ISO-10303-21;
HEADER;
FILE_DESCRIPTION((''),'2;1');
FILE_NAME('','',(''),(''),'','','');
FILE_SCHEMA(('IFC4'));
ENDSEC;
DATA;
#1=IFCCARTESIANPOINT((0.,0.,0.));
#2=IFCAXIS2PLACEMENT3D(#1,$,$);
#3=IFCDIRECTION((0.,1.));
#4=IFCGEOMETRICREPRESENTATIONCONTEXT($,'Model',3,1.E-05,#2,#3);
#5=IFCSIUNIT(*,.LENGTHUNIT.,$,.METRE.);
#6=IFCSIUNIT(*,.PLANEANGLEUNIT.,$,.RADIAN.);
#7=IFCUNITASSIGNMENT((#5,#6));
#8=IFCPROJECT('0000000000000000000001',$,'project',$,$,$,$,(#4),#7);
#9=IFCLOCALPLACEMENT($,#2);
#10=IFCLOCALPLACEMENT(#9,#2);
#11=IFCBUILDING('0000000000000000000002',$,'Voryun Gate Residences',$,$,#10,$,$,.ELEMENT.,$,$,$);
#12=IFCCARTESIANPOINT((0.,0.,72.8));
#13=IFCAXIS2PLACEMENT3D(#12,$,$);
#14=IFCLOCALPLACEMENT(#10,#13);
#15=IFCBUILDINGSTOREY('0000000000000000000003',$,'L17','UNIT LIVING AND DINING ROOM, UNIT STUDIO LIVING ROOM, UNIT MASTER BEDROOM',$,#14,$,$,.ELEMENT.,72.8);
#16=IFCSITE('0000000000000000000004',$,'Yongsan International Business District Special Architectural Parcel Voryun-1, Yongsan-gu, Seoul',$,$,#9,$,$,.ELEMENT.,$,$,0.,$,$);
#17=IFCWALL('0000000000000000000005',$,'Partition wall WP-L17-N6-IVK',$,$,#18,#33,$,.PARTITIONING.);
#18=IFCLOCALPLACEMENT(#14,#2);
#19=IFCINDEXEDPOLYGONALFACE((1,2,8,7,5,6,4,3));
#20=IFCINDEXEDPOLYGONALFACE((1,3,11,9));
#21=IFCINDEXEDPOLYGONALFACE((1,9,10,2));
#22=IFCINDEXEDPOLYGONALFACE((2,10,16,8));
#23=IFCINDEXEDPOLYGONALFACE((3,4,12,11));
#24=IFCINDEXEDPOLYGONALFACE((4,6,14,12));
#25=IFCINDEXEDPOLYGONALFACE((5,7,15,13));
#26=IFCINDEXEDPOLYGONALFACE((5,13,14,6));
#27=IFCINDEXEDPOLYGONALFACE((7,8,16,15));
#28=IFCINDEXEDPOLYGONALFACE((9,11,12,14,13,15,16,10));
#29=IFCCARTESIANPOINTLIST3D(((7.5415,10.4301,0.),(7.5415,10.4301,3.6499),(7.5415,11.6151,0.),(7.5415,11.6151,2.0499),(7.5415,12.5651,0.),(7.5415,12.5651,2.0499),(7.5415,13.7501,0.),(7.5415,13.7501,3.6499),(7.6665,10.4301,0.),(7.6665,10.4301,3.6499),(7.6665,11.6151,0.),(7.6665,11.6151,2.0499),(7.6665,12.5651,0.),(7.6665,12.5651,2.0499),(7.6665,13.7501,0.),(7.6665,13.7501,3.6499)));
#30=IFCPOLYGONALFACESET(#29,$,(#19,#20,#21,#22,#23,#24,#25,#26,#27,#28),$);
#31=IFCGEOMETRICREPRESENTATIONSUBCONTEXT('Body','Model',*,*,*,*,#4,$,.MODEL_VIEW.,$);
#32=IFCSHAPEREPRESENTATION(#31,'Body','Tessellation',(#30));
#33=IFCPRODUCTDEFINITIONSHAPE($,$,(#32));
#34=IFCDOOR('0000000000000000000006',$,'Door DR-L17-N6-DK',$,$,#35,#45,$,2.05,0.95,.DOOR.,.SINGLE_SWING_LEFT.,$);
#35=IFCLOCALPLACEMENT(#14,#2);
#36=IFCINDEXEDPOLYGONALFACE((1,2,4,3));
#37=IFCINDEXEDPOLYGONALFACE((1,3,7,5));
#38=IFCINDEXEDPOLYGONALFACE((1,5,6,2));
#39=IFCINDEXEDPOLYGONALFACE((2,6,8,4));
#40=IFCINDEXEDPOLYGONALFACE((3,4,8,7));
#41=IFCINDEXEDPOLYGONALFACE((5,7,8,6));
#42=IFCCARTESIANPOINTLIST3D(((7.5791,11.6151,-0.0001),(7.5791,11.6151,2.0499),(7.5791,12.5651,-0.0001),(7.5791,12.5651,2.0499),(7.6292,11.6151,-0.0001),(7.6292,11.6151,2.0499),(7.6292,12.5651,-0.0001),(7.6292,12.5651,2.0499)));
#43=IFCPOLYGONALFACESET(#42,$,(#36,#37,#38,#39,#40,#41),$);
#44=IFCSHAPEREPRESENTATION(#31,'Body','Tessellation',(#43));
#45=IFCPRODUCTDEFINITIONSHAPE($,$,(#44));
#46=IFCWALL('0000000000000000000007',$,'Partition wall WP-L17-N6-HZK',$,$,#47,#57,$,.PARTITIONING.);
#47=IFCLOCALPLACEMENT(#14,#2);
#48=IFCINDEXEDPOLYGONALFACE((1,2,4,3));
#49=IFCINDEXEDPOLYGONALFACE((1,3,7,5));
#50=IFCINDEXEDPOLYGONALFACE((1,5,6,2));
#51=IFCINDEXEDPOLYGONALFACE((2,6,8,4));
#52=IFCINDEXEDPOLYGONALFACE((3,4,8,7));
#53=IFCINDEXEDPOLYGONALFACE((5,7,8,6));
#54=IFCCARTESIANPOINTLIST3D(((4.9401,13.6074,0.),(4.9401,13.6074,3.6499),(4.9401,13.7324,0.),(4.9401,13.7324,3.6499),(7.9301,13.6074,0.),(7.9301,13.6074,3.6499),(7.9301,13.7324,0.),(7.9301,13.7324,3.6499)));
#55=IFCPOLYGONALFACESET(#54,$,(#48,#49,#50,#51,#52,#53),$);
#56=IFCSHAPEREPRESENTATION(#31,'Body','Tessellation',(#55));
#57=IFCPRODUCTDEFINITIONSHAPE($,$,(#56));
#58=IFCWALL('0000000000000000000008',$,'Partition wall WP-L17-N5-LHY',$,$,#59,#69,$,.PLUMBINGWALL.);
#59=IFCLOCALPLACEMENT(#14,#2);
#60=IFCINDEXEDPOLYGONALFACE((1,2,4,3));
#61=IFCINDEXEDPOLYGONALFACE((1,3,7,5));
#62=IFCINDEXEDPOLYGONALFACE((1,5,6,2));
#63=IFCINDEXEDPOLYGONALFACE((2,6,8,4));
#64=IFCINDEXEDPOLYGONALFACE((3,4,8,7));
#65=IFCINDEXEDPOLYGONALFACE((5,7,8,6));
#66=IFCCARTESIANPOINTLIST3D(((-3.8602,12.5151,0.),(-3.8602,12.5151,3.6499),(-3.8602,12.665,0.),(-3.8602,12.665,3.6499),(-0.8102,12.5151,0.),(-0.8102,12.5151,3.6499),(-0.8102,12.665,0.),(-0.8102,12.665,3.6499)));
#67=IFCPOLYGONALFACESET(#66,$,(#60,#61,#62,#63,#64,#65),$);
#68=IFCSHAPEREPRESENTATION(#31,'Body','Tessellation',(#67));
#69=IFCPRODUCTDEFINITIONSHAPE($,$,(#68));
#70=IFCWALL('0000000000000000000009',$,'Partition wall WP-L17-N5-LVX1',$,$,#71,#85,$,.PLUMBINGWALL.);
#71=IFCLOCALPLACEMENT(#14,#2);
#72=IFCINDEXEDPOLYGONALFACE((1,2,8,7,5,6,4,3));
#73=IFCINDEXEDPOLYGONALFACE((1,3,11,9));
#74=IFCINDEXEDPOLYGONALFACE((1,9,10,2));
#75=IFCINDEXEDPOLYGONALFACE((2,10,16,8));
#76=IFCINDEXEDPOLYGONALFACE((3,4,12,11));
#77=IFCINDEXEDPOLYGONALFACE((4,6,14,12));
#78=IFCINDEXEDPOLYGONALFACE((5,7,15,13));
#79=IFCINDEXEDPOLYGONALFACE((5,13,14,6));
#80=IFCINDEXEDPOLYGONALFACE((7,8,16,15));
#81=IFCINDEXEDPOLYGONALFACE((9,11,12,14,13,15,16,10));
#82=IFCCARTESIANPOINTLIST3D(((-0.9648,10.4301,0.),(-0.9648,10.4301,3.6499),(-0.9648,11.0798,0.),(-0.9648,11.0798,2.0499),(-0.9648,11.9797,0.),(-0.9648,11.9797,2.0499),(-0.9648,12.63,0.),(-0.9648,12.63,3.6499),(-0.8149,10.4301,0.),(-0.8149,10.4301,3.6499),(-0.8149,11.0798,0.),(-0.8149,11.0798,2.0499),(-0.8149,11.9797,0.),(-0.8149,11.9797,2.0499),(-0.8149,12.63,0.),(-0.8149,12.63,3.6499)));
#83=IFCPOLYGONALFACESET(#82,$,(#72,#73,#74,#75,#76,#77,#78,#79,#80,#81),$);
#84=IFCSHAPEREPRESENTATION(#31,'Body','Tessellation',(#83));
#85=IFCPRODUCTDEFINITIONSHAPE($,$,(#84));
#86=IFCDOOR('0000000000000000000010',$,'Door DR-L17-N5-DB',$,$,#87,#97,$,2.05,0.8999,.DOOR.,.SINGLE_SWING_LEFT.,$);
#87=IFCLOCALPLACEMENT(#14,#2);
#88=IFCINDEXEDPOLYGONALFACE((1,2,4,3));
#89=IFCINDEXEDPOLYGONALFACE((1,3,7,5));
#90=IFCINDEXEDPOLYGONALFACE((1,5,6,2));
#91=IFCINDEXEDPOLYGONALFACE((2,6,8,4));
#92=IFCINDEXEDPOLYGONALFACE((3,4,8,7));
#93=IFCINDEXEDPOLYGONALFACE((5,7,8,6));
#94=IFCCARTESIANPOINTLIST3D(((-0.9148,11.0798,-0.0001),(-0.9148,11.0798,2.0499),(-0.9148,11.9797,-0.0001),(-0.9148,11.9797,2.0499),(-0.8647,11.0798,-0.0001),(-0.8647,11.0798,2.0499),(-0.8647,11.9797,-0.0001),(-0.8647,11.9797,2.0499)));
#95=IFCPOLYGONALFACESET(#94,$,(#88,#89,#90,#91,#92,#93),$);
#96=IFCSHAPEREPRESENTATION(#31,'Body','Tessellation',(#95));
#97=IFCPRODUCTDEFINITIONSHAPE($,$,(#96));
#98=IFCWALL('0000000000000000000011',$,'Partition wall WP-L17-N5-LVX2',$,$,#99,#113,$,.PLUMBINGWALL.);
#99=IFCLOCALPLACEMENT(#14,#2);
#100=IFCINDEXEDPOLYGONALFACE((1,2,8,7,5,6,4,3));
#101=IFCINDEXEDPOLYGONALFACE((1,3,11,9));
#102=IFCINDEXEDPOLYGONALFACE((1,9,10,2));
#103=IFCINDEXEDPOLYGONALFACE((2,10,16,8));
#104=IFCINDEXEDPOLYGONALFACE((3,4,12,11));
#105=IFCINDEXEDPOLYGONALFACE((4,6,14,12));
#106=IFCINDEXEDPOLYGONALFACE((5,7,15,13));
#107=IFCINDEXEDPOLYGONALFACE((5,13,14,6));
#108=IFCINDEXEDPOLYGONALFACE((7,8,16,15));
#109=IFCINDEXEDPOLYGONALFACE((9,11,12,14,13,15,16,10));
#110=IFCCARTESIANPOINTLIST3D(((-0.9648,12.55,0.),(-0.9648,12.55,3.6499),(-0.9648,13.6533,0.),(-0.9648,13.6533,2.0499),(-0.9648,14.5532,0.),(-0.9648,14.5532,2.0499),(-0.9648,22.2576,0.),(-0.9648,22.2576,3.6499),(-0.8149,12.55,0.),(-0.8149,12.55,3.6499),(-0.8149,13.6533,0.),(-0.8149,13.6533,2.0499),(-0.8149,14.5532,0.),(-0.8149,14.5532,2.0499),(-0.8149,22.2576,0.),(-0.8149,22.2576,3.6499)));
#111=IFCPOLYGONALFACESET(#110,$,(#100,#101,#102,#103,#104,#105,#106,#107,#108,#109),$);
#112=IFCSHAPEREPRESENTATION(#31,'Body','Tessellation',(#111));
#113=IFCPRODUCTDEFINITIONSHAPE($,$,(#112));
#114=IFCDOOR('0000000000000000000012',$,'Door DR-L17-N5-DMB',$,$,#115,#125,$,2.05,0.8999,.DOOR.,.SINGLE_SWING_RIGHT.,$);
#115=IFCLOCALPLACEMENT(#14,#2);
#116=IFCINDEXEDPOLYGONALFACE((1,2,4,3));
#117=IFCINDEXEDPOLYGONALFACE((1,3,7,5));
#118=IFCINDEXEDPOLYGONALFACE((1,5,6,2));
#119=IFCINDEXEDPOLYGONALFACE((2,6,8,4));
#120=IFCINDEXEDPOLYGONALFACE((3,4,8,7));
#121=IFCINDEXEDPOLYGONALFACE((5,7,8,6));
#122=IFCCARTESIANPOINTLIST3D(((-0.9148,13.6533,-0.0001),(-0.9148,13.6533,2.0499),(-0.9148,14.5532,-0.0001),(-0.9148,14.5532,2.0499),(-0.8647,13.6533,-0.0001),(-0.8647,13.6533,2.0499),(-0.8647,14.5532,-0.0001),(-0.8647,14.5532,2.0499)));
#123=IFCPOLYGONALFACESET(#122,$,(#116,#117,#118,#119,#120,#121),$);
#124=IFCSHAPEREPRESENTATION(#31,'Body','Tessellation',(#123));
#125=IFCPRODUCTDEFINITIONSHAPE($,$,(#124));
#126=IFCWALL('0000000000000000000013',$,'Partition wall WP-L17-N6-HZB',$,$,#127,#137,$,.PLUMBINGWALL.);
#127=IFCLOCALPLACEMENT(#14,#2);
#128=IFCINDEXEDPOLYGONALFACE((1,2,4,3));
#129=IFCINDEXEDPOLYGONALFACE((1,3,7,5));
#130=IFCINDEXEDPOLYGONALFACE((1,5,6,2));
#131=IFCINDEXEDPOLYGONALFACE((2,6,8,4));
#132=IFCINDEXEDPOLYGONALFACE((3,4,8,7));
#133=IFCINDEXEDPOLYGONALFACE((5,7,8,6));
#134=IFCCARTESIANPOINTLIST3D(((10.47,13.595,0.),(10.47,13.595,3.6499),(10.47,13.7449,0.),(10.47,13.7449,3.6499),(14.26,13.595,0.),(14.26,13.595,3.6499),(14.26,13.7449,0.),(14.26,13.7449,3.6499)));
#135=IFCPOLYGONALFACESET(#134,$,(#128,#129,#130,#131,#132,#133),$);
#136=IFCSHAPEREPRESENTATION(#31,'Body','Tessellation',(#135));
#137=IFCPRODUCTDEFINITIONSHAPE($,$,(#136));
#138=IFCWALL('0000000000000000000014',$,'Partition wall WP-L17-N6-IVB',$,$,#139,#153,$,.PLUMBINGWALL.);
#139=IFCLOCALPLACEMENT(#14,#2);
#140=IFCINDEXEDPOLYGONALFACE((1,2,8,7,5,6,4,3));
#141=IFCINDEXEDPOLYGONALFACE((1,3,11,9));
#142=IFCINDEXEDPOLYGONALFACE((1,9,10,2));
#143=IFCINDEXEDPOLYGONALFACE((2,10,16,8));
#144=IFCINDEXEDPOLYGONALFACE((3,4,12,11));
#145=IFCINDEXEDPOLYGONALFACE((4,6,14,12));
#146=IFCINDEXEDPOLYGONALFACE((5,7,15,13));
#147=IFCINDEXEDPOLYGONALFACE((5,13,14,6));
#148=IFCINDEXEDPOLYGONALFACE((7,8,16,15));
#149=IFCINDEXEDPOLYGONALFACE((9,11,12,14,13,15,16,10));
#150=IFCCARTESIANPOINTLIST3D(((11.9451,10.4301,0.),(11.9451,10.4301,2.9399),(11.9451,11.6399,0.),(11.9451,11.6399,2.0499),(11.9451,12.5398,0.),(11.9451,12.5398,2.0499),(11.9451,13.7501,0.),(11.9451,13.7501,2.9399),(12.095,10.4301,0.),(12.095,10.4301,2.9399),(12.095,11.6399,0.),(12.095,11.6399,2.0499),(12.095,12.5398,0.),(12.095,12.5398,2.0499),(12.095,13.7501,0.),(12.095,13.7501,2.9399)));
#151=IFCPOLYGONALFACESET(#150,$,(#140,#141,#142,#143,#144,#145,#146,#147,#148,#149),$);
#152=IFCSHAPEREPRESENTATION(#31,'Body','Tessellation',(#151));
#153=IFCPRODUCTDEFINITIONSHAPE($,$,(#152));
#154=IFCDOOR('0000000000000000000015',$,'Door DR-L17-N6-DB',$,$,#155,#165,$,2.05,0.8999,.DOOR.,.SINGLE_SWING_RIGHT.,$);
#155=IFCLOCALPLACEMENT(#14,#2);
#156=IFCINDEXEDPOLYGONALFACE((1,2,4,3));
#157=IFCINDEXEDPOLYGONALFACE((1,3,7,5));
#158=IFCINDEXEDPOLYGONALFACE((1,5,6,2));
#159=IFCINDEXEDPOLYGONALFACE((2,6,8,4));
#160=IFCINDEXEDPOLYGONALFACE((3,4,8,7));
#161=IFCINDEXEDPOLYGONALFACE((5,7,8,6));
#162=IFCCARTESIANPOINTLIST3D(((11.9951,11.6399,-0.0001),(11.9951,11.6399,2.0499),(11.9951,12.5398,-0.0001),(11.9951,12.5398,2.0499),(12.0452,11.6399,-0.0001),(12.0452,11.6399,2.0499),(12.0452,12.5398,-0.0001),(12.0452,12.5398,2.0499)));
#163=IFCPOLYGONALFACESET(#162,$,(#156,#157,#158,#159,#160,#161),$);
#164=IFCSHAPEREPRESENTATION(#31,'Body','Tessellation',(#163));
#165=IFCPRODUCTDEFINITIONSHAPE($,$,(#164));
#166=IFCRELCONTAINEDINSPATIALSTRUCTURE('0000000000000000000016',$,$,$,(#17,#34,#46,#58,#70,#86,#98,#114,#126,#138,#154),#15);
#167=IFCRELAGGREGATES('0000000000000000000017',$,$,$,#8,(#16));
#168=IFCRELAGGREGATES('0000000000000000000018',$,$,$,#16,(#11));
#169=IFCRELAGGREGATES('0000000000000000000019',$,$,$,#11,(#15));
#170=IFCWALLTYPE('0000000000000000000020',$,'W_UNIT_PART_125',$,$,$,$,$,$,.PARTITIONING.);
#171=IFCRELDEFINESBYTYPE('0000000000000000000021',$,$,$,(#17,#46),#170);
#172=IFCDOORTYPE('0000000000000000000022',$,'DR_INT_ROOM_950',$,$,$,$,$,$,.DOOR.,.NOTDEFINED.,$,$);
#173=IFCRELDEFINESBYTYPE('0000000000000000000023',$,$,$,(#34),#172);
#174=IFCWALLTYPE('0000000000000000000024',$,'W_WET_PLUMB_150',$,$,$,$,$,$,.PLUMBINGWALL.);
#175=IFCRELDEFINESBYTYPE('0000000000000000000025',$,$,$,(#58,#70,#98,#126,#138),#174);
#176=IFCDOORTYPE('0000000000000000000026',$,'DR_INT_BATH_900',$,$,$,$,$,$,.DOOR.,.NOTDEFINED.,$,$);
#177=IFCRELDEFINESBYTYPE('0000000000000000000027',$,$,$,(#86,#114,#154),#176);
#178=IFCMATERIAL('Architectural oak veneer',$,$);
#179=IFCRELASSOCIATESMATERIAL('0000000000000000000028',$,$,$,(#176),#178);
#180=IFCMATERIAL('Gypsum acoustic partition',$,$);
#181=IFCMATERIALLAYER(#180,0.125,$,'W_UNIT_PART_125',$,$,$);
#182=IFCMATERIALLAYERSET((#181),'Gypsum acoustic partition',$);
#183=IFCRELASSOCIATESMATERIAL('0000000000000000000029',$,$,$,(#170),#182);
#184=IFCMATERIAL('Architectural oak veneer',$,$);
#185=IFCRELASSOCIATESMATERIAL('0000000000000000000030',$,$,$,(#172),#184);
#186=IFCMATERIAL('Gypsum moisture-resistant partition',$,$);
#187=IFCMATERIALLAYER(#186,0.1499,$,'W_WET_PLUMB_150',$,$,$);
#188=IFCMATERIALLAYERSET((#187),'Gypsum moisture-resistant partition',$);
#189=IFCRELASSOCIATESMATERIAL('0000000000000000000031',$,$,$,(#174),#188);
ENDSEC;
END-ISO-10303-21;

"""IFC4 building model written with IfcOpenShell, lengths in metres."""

from ifc_helpers import new_model, si_unit, direction, frame, frame_2d, origin, place, context, subcontext, project, spatial, rectangle, extrude, material, layer, layer_set, type_object, element, fill, save


model = new_model("IFC4")

# Units and contexts
model_context = context("Model", 3, precision=1e-05, world=origin(), true_north=direction((0.0, 1.0)))
body_context = subcontext(model_context, "Body", "Model", "MODEL_VIEW")
ifc_project = project(units=[si_unit("LENGTHUNIT", "METRE"), si_unit("PLANEANGLEUNIT", "RADIAN")], contexts=[model_context])

# Site, building, storey
site_placement = place(None, origin())
site = spatial("IfcSite", under=ifc_project, at=site_placement, Name="Yongsan International Business District Special Architectural Parcel Voryun-1, Yongsan-gu, Seoul", CompositionType="ELEMENT", RefElevation=0.0)
building_placement = place(site_placement, origin())
building = spatial("IfcBuilding", under=site, at=building_placement, Name="Voryun Gate Residences", CompositionType="ELEMENT")
storey_placement = place(building_placement, frame((0.0, 0.0, 72.8)))
storey = spatial("IfcBuildingStorey", under=building, at=storey_placement, Name="L17", Description="UNIT LIVING AND DINING ROOM, UNIT STUDIO LIVING ROOM, UNIT MASTER BEDROOM", CompositionType="ELEMENT", Elevation=72.8)

# Shared definitions
ifc_material_1 = material(Name="Architectural oak veneer")
door_type_1 = type_object("IfcDoorType", Name="DR_INT_BATH_900", OperationType="NOTDEFINED", PredefinedType="DOOR", material=ifc_material_1)

# Shared definitions
ifc_material_2 = material(Name="Gypsum acoustic partition")
ifc_layer_1 = layer(ifc_material_2, 0.125, Name="W_UNIT_PART_125")
ifc_layer_set_1 = layer_set([ifc_layer_1], Name="Gypsum acoustic partition")
wall_type_1 = type_object("IfcWallType", Name="W_UNIT_PART_125", PredefinedType="PARTITIONING", material=ifc_layer_set_1)
ifc_material_3 = material(Name="Architectural oak veneer")
door_type_2 = type_object("IfcDoorType", Name="DR_INT_ROOM_950", OperationType="NOTDEFINED", PredefinedType="DOOR", material=ifc_material_3)

# Wall, opening, door
wall_1_placement = place(storey_placement, frame((7.604, 10.4299, 0.0), z_axis=(0.0, 0.0, 1.0), x_axis=(0.0, 1.0, 0.0)))
wall_1 = element("IfcWall", 1, at=wall_1_placement, inside=storey, type_object=wall_type_1, Name="Partition wall WP-L17-N6-IVK", PredefinedType="PARTITIONING", context=body_context, shape_type="SweptSolid", body=[
    extrude(rectangle(XDim=3.3201, YDim=0.125, at=frame_2d((1.6602, 0.0))), origin(), (0.0, 0.0, 1.0), 3.6499),
])
opening_1_placement = place(wall_1_placement, frame((1.1851, 0.0, 0.0)))
opening_1 = element("IfcOpeningElement", 2, at=opening_1_placement, cuts=wall_1, PredefinedType="OPENING", context=body_context, shape_type="SweptSolid", body=[
    extrude(rectangle(XDim=0.95, YDim=2.05, at=frame_2d((0.4751, 1.0249))), frame((0.0, 0.0725, 0.0), z_axis=(0.0, -1.0, 0.0), x_axis=(1.0, 0.0, 0.0)), (0.0, 0.0, 1.0), 0.145),
])
door_1_placement = place(opening_1_placement, origin())
door_1 = element("IfcDoor", 3, at=door_1_placement, inside=storey, type_object=door_type_2, Name="Door DR-L17-N6-DK", OperationType="SINGLE_SWING_LEFT", OverallHeight=2.05, OverallWidth=0.95, PredefinedType="DOOR", context=body_context, shape_type="SweptSolid", body=[
    extrude(rectangle(XDim=0.95, YDim=2.05, at=frame_2d((0.4751, 1.0249))), frame((0.0, 0.0249, 0.0), z_axis=(0.0, -1.0, 0.0), x_axis=(1.0, 0.0, 0.0)), (0.0, 0.0, 1.0), 0.05),
])
fill(opening_1, door_1)

# Walls
wall_2_placement = place(storey_placement, frame((4.9399, 13.6699, 0.0), z_axis=(0.0, 0.0, 1.0), x_axis=(1.0, 0.0, 0.0)))
element("IfcWall", 4, at=wall_2_placement, inside=storey, type_object=wall_type_1, Name="Partition wall WP-L17-N6-HZK", PredefinedType="PARTITIONING", context=body_context, shape_type="SweptSolid", body=[
    extrude(rectangle(XDim=2.99, YDim=0.125, at=frame_2d((1.4951, 0.0))), origin(), (0.0, 0.0, 1.0), 3.6499),
])
ifc_material_4 = material(Name="Gypsum moisture-resistant partition")
ifc_layer_2 = layer(ifc_material_4, 0.1499, Name="W_WET_PLUMB_150")
ifc_layer_set_2 = layer_set([ifc_layer_2], Name="Gypsum moisture-resistant partition")
wall_type_2 = type_object("IfcWallType", Name="W_WET_PLUMB_150", PredefinedType="PLUMBINGWALL", material=ifc_layer_set_2)
wall_3_placement = place(storey_placement, frame((-3.8601, 12.5901, 0.0), z_axis=(0.0, 0.0, 1.0), x_axis=(1.0, 0.0, 0.0)))
element("IfcWall", 5, at=wall_3_placement, inside=storey, type_object=wall_type_2, Name="Partition wall WP-L17-N5-LHY", PredefinedType="PLUMBINGWALL", context=body_context, shape_type="SweptSolid", body=[
    extrude(rectangle(XDim=3.05, YDim=0.1499, at=frame_2d((1.5249, 0.0))), origin(), (0.0, 0.0, 1.0), 3.6499),
])

# Walls, openings, doors
wall_4_placement = place(storey_placement, frame((-0.8899, 10.4299, 0.0), z_axis=(0.0, 0.0, 1.0), x_axis=(0.0, 1.0, 0.0)))
wall_4 = element("IfcWall", 6, at=wall_4_placement, inside=storey, type_object=wall_type_2, Name="Partition wall WP-L17-N5-LVX1", PredefinedType="PLUMBINGWALL", context=body_context, shape_type="SweptSolid", body=[
    extrude(rectangle(XDim=2.2, YDim=0.1499, at=frame_2d((1.1001, 0.0))), origin(), (0.0, 0.0, 1.0), 3.6499),
])
opening_2_placement = place(wall_4_placement, frame((0.6499, 0.0, 0.0)))
opening_2 = element("IfcOpeningElement", 7, at=opening_2_placement, cuts=wall_4, PredefinedType="OPENING", context=body_context, shape_type="SweptSolid", body=[
    extrude(rectangle(XDim=0.8999, YDim=2.05, at=frame_2d((0.45, 1.0249))), frame((0.0, 0.085, 0.0), z_axis=(0.0, -1.0, 0.0), x_axis=(1.0, 0.0, 0.0)), (0.0, 0.0, 1.0), 0.1699),
])
door_2_placement = place(opening_2_placement, origin())
door_2 = element("IfcDoor", 8, at=door_2_placement, inside=storey, type_object=door_type_1, Name="Door DR-L17-N5-DB", OperationType="SINGLE_SWING_LEFT", OverallHeight=2.05, OverallWidth=0.8999, PredefinedType="DOOR", context=body_context, shape_type="SweptSolid", body=[
    extrude(rectangle(XDim=0.8999, YDim=2.05, at=frame_2d((0.45, 1.0249))), frame((0.0, 0.0249, 0.0), z_axis=(0.0, -1.0, 0.0), x_axis=(1.0, 0.0, 0.0)), (0.0, 0.0, 1.0), 0.05),
])
fill(opening_2, door_2)
wall_5_placement = place(storey_placement, frame((-0.8899, 12.55, 0.0), z_axis=(0.0, 0.0, 1.0), x_axis=(0.0, 1.0, 0.0)))
wall_5 = element("IfcWall", 9, at=wall_5_placement, inside=storey, type_object=wall_type_2, Name="Partition wall WP-L17-N5-LVX2", PredefinedType="PLUMBINGWALL", context=body_context, shape_type="SweptSolid", body=[
    extrude(rectangle(XDim=9.7075, YDim=0.1499, at=frame_2d((4.8538, 0.0))), origin(), (0.0, 0.0, 1.0), 3.6499),
])
opening_3_placement = place(wall_5_placement, frame((1.1033, 0.0, 0.0)))
opening_3 = element("IfcOpeningElement", 10, at=opening_3_placement, cuts=wall_5, PredefinedType="OPENING", context=body_context, shape_type="SweptSolid", body=[
    extrude(rectangle(XDim=0.8999, YDim=2.05, at=frame_2d((0.45, 1.0249))), frame((0.0, 0.085, 0.0), z_axis=(0.0, -1.0, 0.0), x_axis=(1.0, 0.0, 0.0)), (0.0, 0.0, 1.0), 0.1699),
])
door_3_placement = place(opening_3_placement, origin())
door_3 = element("IfcDoor", 11, at=door_3_placement, inside=storey, type_object=door_type_1, Name="Door DR-L17-N5-DMB", OperationType="SINGLE_SWING_RIGHT", OverallHeight=2.05, OverallWidth=0.8999, PredefinedType="DOOR", context=body_context, shape_type="SweptSolid", body=[
    extrude(rectangle(XDim=0.8999, YDim=2.05, at=frame_2d((0.45, 1.0249))), frame((0.0, 0.0249, 0.0), z_axis=(0.0, -1.0, 0.0), x_axis=(1.0, 0.0, 0.0)), (0.0, 0.0, 1.0), 0.05),
])
fill(opening_3, door_3)

# Wall
wall_6_placement = place(storey_placement, frame((10.47, 13.6699, 0.0), z_axis=(0.0, 0.0, 1.0), x_axis=(1.0, 0.0, 0.0)))
element("IfcWall", 12, at=wall_6_placement, inside=storey, type_object=wall_type_2, Name="Partition wall WP-L17-N6-HZB", PredefinedType="PLUMBINGWALL", context=body_context, shape_type="SweptSolid", body=[
    extrude(rectangle(XDim=3.79, YDim=0.1499, at=frame_2d((1.895, 0.0))), origin(), (0.0, 0.0, 1.0), 3.6499),
])

# Wall, opening, door
wall_7_placement = place(storey_placement, frame((12.02, 10.4299, 0.0), z_axis=(0.0, 0.0, 1.0), x_axis=(0.0, 1.0, 0.0)))
wall_7 = element("IfcWall", 13, at=wall_7_placement, inside=storey, type_object=wall_type_2, Name="Partition wall WP-L17-N6-IVB", PredefinedType="PLUMBINGWALL", context=body_context, shape_type="SweptSolid", body=[
    extrude(rectangle(XDim=3.3201, YDim=0.1499, at=frame_2d((1.6602, 0.0))), origin(), (0.0, 0.0, 1.0), 2.9399),
])
opening_4_placement = place(wall_7_placement, frame((1.21, 0.0, 0.0)))
opening_4 = element("IfcOpeningElement", 14, at=opening_4_placement, cuts=wall_7, PredefinedType="OPENING", context=body_context, shape_type="SweptSolid", body=[
    extrude(rectangle(XDim=0.8999, YDim=2.05, at=frame_2d((0.45, 1.0249))), frame((0.0, 0.085, 0.0), z_axis=(0.0, -1.0, 0.0), x_axis=(1.0, 0.0, 0.0)), (0.0, 0.0, 1.0), 0.1699),
])
door_4_placement = place(opening_4_placement, origin())
door_4 = element("IfcDoor", 15, at=door_4_placement, inside=storey, type_object=door_type_1, Name="Door DR-L17-N6-DB", OperationType="SINGLE_SWING_RIGHT", OverallHeight=2.05, OverallWidth=0.8999, PredefinedType="DOOR", context=body_context, shape_type="SweptSolid", body=[
    extrude(rectangle(XDim=0.8999, YDim=2.05, at=frame_2d((0.45, 1.0249))), frame((0.0, 0.0249, 0.0), z_axis=(0.0, -1.0, 0.0), x_axis=(1.0, 0.0, 0.0)), (0.0, 0.0, 1.0), 0.05),
])
fill(opening_4, door_4)

save(model, "model.ifc")
